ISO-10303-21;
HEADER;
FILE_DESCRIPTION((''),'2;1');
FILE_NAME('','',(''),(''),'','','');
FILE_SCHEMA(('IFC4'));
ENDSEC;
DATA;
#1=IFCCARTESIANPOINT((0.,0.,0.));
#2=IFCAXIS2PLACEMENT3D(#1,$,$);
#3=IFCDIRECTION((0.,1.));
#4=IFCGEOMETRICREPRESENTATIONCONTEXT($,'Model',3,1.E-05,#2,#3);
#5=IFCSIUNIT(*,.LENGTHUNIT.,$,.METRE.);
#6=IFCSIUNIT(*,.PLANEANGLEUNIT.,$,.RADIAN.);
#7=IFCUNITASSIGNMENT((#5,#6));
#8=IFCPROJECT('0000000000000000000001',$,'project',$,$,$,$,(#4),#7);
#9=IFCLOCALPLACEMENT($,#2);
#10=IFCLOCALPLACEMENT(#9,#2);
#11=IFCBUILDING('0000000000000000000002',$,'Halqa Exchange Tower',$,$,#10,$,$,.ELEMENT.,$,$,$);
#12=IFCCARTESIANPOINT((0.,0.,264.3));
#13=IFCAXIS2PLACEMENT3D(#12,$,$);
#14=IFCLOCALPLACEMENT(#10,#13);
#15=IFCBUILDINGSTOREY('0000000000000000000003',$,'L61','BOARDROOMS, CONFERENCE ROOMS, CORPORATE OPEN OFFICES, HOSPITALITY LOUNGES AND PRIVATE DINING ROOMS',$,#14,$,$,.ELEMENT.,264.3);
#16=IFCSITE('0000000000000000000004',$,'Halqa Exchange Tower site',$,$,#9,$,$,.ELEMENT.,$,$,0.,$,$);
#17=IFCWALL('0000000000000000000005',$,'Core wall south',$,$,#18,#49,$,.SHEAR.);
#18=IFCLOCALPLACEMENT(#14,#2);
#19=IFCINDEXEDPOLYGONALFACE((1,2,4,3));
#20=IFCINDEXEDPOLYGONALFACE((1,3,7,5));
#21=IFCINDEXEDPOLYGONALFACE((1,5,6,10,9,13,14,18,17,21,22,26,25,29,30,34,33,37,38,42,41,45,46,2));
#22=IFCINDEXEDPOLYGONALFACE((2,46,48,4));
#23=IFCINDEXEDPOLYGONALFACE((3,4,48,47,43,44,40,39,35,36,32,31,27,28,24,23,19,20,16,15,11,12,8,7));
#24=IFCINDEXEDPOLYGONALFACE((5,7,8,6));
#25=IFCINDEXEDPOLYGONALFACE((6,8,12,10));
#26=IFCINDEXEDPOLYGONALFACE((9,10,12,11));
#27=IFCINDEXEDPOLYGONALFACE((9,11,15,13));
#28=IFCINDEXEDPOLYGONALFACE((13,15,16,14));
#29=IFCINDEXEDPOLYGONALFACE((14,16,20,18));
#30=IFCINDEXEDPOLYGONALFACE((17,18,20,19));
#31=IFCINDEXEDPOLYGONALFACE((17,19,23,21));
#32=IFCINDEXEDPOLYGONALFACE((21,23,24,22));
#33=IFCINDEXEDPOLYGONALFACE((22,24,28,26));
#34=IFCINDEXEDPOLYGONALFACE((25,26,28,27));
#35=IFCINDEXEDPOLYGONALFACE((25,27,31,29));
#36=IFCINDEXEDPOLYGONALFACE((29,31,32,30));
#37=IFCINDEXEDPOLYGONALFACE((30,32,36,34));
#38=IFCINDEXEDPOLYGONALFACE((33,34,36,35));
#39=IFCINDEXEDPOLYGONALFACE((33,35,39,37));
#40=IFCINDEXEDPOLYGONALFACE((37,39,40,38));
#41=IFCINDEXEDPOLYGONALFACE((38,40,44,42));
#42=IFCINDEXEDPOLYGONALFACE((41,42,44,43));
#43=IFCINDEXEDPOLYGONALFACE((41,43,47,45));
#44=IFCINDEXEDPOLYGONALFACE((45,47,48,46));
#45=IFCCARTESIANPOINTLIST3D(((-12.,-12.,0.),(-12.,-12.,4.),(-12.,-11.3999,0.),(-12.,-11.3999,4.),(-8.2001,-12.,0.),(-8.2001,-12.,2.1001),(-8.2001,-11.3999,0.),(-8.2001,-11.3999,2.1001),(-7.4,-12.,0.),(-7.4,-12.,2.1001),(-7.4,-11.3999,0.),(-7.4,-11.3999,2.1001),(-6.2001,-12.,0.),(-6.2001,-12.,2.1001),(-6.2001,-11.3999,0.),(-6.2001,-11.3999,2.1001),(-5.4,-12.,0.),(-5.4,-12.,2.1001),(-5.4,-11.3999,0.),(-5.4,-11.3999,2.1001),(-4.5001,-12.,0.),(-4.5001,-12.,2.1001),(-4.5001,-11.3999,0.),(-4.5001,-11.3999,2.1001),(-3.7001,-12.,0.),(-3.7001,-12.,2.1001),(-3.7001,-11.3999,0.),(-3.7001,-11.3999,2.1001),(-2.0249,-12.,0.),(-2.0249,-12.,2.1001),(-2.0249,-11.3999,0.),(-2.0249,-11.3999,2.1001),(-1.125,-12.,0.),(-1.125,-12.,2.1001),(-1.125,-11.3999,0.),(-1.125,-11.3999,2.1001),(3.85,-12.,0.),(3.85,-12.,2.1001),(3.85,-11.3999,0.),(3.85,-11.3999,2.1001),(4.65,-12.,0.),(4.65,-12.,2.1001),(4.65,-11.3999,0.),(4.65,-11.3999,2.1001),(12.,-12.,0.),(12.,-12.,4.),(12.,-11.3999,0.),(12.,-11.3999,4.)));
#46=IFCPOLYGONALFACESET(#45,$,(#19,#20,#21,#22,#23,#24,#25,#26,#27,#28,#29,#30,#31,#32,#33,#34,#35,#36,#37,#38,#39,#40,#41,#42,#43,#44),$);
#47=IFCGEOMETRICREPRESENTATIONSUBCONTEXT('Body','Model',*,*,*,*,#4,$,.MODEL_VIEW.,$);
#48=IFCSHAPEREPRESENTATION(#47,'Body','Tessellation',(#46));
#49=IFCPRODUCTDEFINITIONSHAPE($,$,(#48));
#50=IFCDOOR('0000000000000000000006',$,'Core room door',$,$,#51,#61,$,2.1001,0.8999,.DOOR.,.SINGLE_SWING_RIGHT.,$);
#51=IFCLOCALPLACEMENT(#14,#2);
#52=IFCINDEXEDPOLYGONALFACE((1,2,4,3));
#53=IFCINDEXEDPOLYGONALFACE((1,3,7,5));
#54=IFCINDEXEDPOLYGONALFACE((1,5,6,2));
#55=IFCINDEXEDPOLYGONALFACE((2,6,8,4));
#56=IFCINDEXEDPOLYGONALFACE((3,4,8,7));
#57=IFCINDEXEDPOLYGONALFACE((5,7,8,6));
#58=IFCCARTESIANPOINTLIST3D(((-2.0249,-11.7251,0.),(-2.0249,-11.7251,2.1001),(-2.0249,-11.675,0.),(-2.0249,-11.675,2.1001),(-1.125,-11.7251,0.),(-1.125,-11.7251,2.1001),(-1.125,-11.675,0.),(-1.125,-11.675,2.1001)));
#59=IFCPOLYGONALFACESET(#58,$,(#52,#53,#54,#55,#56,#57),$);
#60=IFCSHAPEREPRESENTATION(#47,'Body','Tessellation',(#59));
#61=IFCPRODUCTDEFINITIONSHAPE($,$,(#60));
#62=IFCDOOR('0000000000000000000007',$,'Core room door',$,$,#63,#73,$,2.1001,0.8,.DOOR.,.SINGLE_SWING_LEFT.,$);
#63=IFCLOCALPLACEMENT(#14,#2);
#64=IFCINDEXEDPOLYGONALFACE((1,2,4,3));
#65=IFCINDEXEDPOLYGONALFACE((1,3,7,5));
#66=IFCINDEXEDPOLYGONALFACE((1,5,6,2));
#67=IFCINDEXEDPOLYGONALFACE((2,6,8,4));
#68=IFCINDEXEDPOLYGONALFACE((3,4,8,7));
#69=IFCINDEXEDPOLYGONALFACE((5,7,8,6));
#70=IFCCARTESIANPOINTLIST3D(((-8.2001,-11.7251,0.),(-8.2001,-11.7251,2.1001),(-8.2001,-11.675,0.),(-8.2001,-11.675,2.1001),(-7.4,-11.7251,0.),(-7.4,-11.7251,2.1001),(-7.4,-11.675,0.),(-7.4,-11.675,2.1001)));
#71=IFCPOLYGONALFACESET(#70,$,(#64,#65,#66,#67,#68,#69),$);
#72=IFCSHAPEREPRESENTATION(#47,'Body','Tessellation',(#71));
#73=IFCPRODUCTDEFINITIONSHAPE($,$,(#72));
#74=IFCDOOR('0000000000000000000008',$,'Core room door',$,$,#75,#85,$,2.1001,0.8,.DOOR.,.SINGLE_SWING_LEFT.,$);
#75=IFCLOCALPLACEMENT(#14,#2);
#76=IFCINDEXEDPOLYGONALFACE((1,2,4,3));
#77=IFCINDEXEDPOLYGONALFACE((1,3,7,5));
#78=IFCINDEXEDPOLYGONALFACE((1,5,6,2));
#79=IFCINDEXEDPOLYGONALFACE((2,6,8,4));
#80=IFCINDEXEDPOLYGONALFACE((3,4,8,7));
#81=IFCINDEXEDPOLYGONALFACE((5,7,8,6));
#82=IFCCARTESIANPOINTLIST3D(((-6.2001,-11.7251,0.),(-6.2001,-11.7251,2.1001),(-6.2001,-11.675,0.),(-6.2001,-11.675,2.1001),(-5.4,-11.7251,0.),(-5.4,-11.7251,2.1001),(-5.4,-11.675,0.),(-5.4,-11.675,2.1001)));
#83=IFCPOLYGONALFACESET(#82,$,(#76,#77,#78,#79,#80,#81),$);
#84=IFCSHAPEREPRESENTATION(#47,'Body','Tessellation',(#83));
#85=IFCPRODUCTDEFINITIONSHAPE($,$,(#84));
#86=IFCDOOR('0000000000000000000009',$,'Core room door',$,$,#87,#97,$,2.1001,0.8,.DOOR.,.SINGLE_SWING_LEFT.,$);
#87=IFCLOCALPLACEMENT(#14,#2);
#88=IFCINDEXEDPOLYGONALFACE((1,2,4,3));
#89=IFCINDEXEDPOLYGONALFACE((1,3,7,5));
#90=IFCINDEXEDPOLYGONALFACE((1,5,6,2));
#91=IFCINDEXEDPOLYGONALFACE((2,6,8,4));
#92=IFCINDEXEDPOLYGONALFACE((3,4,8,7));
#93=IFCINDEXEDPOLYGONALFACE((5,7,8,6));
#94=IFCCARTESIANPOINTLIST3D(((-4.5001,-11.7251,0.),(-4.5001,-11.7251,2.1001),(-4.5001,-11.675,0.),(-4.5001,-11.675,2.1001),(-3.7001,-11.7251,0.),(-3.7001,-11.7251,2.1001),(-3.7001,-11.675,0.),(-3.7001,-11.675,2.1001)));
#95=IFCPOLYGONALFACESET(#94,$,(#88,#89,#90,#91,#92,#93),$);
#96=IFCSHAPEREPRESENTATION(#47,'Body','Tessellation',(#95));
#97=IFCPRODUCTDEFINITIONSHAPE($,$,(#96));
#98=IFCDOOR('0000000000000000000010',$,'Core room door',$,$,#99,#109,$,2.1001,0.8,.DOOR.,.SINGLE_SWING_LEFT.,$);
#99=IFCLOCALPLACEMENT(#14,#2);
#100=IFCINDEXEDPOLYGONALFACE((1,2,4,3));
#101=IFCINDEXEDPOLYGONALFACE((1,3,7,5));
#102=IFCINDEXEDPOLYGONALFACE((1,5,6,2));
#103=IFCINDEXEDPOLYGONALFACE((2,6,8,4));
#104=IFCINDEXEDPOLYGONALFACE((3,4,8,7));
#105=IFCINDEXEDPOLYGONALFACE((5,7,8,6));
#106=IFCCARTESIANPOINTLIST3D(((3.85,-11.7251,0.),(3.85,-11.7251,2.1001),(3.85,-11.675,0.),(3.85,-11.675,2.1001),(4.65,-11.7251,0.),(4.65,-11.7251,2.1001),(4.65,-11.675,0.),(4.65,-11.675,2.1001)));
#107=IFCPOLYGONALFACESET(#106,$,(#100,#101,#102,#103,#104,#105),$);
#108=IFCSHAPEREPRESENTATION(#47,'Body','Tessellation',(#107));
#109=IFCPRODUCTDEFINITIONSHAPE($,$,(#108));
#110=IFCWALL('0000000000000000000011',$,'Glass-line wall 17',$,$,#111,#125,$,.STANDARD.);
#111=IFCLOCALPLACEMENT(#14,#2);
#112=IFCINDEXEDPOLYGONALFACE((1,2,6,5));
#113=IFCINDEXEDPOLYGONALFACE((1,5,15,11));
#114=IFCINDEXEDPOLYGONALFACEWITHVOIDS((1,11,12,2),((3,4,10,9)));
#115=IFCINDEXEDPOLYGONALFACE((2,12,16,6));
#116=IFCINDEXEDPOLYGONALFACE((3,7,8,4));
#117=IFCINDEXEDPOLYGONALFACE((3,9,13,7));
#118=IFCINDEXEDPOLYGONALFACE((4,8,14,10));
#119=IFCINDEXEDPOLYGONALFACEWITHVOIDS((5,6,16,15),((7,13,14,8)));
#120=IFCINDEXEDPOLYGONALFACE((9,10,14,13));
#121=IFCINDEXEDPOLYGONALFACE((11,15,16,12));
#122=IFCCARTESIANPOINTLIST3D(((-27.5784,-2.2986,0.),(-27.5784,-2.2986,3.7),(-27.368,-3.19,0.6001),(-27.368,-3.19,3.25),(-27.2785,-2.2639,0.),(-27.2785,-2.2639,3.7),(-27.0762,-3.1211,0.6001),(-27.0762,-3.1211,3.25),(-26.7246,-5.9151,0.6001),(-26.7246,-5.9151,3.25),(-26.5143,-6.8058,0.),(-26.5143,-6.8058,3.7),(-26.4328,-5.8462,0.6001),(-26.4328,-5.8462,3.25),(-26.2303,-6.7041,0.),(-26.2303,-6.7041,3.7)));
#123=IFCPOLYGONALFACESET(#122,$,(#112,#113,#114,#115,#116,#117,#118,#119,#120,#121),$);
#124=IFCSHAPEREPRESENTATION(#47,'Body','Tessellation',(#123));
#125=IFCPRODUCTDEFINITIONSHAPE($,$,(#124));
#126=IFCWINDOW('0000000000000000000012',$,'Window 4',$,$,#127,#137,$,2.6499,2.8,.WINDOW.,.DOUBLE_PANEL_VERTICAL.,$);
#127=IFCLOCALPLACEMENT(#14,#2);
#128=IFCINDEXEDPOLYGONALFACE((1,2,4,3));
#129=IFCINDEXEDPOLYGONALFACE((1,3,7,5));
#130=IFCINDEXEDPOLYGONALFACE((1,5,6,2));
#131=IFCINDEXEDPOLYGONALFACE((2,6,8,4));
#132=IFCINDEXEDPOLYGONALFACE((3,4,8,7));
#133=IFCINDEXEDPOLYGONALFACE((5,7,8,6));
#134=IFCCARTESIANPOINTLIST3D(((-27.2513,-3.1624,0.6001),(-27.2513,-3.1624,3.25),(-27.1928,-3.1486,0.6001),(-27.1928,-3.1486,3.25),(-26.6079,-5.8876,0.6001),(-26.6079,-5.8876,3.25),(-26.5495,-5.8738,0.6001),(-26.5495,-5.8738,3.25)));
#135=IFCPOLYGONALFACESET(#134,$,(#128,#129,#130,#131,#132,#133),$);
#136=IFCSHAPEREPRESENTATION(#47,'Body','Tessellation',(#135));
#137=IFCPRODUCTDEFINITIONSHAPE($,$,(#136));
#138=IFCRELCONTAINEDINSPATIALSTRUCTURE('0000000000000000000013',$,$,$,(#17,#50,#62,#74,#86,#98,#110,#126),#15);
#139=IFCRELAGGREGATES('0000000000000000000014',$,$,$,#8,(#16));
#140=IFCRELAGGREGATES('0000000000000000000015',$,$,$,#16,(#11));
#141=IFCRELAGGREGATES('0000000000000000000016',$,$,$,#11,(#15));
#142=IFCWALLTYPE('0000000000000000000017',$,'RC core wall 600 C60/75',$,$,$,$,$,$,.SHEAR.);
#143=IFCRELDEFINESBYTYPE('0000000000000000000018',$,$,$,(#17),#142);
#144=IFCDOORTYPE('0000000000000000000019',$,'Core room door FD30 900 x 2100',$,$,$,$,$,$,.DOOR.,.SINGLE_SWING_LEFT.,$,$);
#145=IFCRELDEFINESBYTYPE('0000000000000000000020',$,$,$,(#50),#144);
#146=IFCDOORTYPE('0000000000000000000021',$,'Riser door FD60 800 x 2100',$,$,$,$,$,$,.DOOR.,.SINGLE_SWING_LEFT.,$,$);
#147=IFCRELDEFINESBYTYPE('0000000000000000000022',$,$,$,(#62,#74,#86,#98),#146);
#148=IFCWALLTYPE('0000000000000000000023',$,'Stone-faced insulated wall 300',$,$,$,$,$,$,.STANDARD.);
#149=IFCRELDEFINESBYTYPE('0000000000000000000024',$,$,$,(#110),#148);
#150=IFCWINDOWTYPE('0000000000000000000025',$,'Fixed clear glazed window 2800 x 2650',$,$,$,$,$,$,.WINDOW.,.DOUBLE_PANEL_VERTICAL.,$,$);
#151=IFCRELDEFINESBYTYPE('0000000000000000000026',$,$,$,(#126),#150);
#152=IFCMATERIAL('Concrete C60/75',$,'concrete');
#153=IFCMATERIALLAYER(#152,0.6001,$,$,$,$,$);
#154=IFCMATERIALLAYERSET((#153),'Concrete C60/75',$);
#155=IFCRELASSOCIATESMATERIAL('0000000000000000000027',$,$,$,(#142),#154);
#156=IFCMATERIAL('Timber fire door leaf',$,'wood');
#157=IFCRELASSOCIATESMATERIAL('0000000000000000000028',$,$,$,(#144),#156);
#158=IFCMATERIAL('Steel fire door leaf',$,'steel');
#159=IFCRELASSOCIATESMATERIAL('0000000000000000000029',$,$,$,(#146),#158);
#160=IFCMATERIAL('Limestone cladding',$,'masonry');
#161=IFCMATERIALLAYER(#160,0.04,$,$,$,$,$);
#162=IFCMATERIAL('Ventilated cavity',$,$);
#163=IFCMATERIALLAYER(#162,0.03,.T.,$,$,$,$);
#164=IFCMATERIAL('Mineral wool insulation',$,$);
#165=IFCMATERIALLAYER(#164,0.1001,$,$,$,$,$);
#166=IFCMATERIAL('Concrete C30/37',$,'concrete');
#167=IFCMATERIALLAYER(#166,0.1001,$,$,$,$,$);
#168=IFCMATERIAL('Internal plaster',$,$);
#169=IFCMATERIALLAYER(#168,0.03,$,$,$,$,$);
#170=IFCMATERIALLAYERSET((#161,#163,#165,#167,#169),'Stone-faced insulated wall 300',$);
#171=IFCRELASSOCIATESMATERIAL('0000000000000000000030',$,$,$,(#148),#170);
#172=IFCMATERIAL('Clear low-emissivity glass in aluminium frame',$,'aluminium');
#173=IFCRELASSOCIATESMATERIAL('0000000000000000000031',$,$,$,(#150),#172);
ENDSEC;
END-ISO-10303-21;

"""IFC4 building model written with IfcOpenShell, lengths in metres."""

from ifc_helpers import new_model, si_unit, direction, frame, frame_2d, origin, place, context, subcontext, project, spatial, polyline, rectangle, outline, extrude, material, layer, layer_set, type_object, element, fill, save


model = new_model("IFC4")

# Units and contexts
model_context = context("Model", 3, precision=1e-05, world=origin(), true_north=direction((0.0, 1.0)))
body_context = subcontext(model_context, "Body", "Model", "MODEL_VIEW")
ifc_project = project(units=[si_unit("LENGTHUNIT", "METRE"), si_unit("PLANEANGLEUNIT", "RADIAN")], contexts=[model_context])

# Site, building, storey
site_placement = place(None, origin())
site = spatial("IfcSite", under=ifc_project, at=site_placement, Name="Halqa Exchange Tower site", CompositionType="ELEMENT", RefElevation=0.0)
building_placement = place(site_placement, origin())
building = spatial("IfcBuilding", under=site, at=building_placement, Name="Halqa Exchange Tower", CompositionType="ELEMENT")
storey_placement = place(building_placement, frame((0.0, 0.0, 264.3)))
storey = spatial("IfcBuildingStorey", under=building, at=storey_placement, Name="L61", Description="BOARDROOMS, CONFERENCE ROOMS, CORPORATE OPEN OFFICES, HOSPITALITY LOUNGES AND PRIVATE DINING ROOMS", CompositionType="ELEMENT", Elevation=264.3)

# Shared definitions
ifc_material_1 = material(Name="Concrete C60/75", Category="concrete")

# Shared definitions
ifc_material_2 = material(Name="Steel fire door leaf", Category="steel")

# Wall, openings, doors
ifc_layer_1 = layer(ifc_material_1, 0.6001)
ifc_layer_set_1 = layer_set([ifc_layer_1], Name="Concrete C60/75")
wall_type_1 = type_object("IfcWallType", Name="RC core wall 600 C60/75", PredefinedType="SHEAR", material=ifc_layer_set_1)
wall_1_placement = place(storey_placement, frame((-12.0, -11.7, 0.0), z_axis=(0.0, 0.0, 1.0), x_axis=(1.0, 0.0, 0.0)))
wall_1 = element("IfcWall", 1, at=wall_1_placement, inside=storey, type_object=wall_type_1, Name="Core wall south", PredefinedType="SHEAR", context=body_context, shape_type="SweptSolid", body=[
    extrude(rectangle(XDim=24.0, YDim=0.6001, at=frame_2d((12.0, 0.0))), origin(), (0.0, 0.0, 1.0), 4.0),
])
opening_1_placement = place(wall_1_placement, frame((9.9751, 0.0, 0.0)))
opening_1 = element("IfcOpeningElement", 2, at=opening_1_placement, cuts=wall_1, PredefinedType="OPENING", context=body_context, shape_type="SweptSolid", body=[
    extrude(rectangle(XDim=0.8999, YDim=2.1001, at=frame_2d((0.45, 1.05))), frame((0.0, 0.312, 0.0), z_axis=(0.0, -1.0, 0.0), x_axis=(1.0, 0.0, 0.0)), (0.0, 0.0, 1.0), 0.624),
])
opening_2_placement = place(wall_1_placement, frame((3.8, 0.0, 0.0)))
opening_2 = element("IfcOpeningElement", 3, at=opening_2_placement, cuts=wall_1, PredefinedType="OPENING", context=body_context, shape_type="SweptSolid", body=[
    extrude(rectangle(XDim=0.8, YDim=2.1001, at=frame_2d((0.3999, 1.05))), frame((0.0, 0.312, 0.0), z_axis=(0.0, -1.0, 0.0), x_axis=(1.0, 0.0, 0.0)), (0.0, 0.0, 1.0), 0.624),
])
opening_3_placement = place(wall_1_placement, frame((5.8, 0.0, 0.0)))
opening_3 = element("IfcOpeningElement", 4, at=opening_3_placement, cuts=wall_1, PredefinedType="OPENING", context=body_context, shape_type="SweptSolid", body=[
    extrude(rectangle(XDim=0.8, YDim=2.1001, at=frame_2d((0.3999, 1.05))), frame((0.0, 0.312, 0.0), z_axis=(0.0, -1.0, 0.0), x_axis=(1.0, 0.0, 0.0)), (0.0, 0.0, 1.0), 0.624),
])
opening_4_placement = place(wall_1_placement, frame((7.5, 0.0, 0.0)))
opening_4 = element("IfcOpeningElement", 5, at=opening_4_placement, cuts=wall_1, PredefinedType="OPENING", context=body_context, shape_type="SweptSolid", body=[
    extrude(rectangle(XDim=0.8, YDim=2.1001, at=frame_2d((0.3999, 1.05))), frame((0.0, 0.312, 0.0), z_axis=(0.0, -1.0, 0.0), x_axis=(1.0, 0.0, 0.0)), (0.0, 0.0, 1.0), 0.624),
])
opening_5_placement = place(wall_1_placement, frame((15.8501, 0.0, 0.0)))
opening_5 = element("IfcOpeningElement", 6, at=opening_5_placement, cuts=wall_1, PredefinedType="OPENING", context=body_context, shape_type="SweptSolid", body=[
    extrude(rectangle(XDim=0.8, YDim=2.1001, at=frame_2d((0.3999, 1.05))), frame((0.0, 0.312, 0.0), z_axis=(0.0, -1.0, 0.0), x_axis=(1.0, 0.0, 0.0)), (0.0, 0.0, 1.0), 0.624),
])
ifc_material_3 = material(Name="Timber fire door leaf", Category="wood")
door_type_1 = type_object("IfcDoorType", Name="Core room door FD30 900 x 2100", OperationType="SINGLE_SWING_LEFT", PredefinedType="DOOR", material=ifc_material_3)
door_1_placement = place(opening_1_placement, origin())
door_1 = element("IfcDoor", 7, at=door_1_placement, inside=storey, type_object=door_type_1, Name="Core room door", OperationType="SINGLE_SWING_RIGHT", OverallHeight=2.1001, OverallWidth=0.8999, PredefinedType="DOOR", context=body_context, shape_type="SweptSolid", body=[
    extrude(rectangle(XDim=0.8999, YDim=2.1001, at=frame_2d((0.45, 1.05))), frame((0.0, 0.0249, 0.0), z_axis=(0.0, -1.0, 0.0), x_axis=(1.0, 0.0, 0.0)), (0.0, 0.0, 1.0), 0.05),
])
fill(opening_1, door_1)
door_type_2 = type_object("IfcDoorType", Name="Riser door FD60 800 x 2100", OperationType="SINGLE_SWING_LEFT", PredefinedType="DOOR", material=ifc_material_2)
door_2_placement = place(opening_2_placement, origin())
door_2 = element("IfcDoor", 8, at=door_2_placement, inside=storey, type_object=door_type_2, Name="Core room door", OperationType="SINGLE_SWING_LEFT", OverallHeight=2.1001, OverallWidth=0.8, PredefinedType="DOOR", context=body_context, shape_type="SweptSolid", body=[
    extrude(rectangle(XDim=0.8, YDim=2.1001, at=frame_2d((0.3999, 1.05))), frame((0.0, 0.0249, 0.0), z_axis=(0.0, -1.0, 0.0), x_axis=(1.0, 0.0, 0.0)), (0.0, 0.0, 1.0), 0.05),
])
fill(opening_2, door_2)
door_3_placement = place(opening_3_placement, origin())
door_3 = element("IfcDoor", 9, at=door_3_placement, inside=storey, type_object=door_type_2, Name="Core room door", OperationType="SINGLE_SWING_LEFT", OverallHeight=2.1001, OverallWidth=0.8, PredefinedType="DOOR", context=body_context, shape_type="SweptSolid", body=[
    extrude(rectangle(XDim=0.8, YDim=2.1001, at=frame_2d((0.3999, 1.05))), frame((0.0, 0.0249, 0.0), z_axis=(0.0, -1.0, 0.0), x_axis=(1.0, 0.0, 0.0)), (0.0, 0.0, 1.0), 0.05),
])
fill(opening_3, door_3)
door_4_placement = place(opening_4_placement, origin())
door_4 = element("IfcDoor", 10, at=door_4_placement, inside=storey, type_object=door_type_2, Name="Core room door", OperationType="SINGLE_SWING_LEFT", OverallHeight=2.1001, OverallWidth=0.8, PredefinedType="DOOR", context=body_context, shape_type="SweptSolid", body=[
    extrude(rectangle(XDim=0.8, YDim=2.1001, at=frame_2d((0.3999, 1.05))), frame((0.0, 0.0249, 0.0), z_axis=(0.0, -1.0, 0.0), x_axis=(1.0, 0.0, 0.0)), (0.0, 0.0, 1.0), 0.05),
])
fill(opening_4, door_4)
door_5_placement = place(opening_5_placement, origin())
door_5 = element("IfcDoor", 11, at=door_5_placement, inside=storey, type_object=door_type_2, Name="Core room door", OperationType="SINGLE_SWING_LEFT", OverallHeight=2.1001, OverallWidth=0.8, PredefinedType="DOOR", context=body_context, shape_type="SweptSolid", body=[
    extrude(rectangle(XDim=0.8, YDim=2.1001, at=frame_2d((0.3999, 1.05))), frame((0.0, 0.0249, 0.0), z_axis=(0.0, -1.0, 0.0), x_axis=(1.0, 0.0, 0.0)), (0.0, 0.0, 1.0), 0.05),
])
fill(opening_5, door_5)

# Wall, opening, window
ifc_material_4 = material(Name="Limestone cladding", Category="masonry")
ifc_layer_2 = layer(ifc_material_4, 0.04)
ifc_material_5 = material(Name="Ventilated cavity")
ifc_layer_3 = layer(ifc_material_5, 0.03, ventilated=True)
ifc_material_6 = material(Name="Mineral wool insulation")
ifc_layer_4 = layer(ifc_material_6, 0.1001)
ifc_material_7 = material(Name="Concrete C30/37", Category="concrete")
ifc_layer_5 = layer(ifc_material_7, 0.1001)
ifc_material_8 = material(Name="Internal plaster")
ifc_layer_6 = layer(ifc_material_8, 0.03)
ifc_layer_set_2 = layer_set([ifc_layer_2, ifc_layer_3, ifc_layer_4, ifc_layer_5, ifc_layer_6], Name="Stone-faced insulated wall 300")
wall_type_2 = type_object("IfcWallType", Name="Stone-faced insulated wall 300", PredefinedType="STANDARD", material=ifc_layer_set_2)
wall_2_placement = place(storey_placement, frame((-27.4285, -2.2812, 0.0), z_axis=(0.0, 0.0, 1.0), x_axis=(0.229768, -0.973246, 0.0)))
wall_2 = element("IfcWall", 12, at=wall_2_placement, inside=storey, type_object=wall_type_2, Name="Glass-line wall 17", PredefinedType="STANDARD", context=body_context, shape_type="SweptSolid", body=[
    extrude(outline(polyline([(-0.0176, -0.1499), (4.6135, -0.1499), (4.5798, 0.1499), (0.0176, 0.1499), (-0.0176, -0.1499)])), origin(), (0.0, 0.0, 1.0), 3.7),
])
opening_6_placement = place(wall_2_placement, frame((0.8984, 0.0, 0.6001)))
opening_6 = element("IfcOpeningElement", 13, at=opening_6_placement, cuts=wall_2, PredefinedType="OPENING", context=body_context, shape_type="SweptSolid", body=[
    extrude(rectangle(XDim=2.8, YDim=2.6499, at=frame_2d((1.3999, 1.325))), frame((0.0, 0.1621, 0.0), z_axis=(0.0, -1.0, 0.0), x_axis=(1.0, 0.0, 0.0)), (0.0, 0.0, 1.0), 0.324),
])
ifc_material_9 = material(Name="Clear low-emissivity glass in aluminium frame", Category="aluminium")
window_type = type_object("IfcWindowType", Name="Fixed clear glazed window 2800 x 2650", PartitioningType="DOUBLE_PANEL_VERTICAL", PredefinedType="WINDOW", material=ifc_material_9)
window_1_placement = place(opening_6_placement, origin())
window_1 = element("IfcWindow", 14, at=window_1_placement, inside=storey, type_object=window_type, Name="Window 4", OverallHeight=2.6499, OverallWidth=2.8, PartitioningType="DOUBLE_PANEL_VERTICAL", PredefinedType="WINDOW", context=body_context, shape_type="SweptSolid", body=[
    extrude(rectangle(XDim=2.8, YDim=2.6499, at=frame_2d((1.3999, 1.325))), frame((0.0, 0.03, 0.0), z_axis=(0.0, -1.0, 0.0), x_axis=(1.0, 0.0, 0.0)), (0.0, 0.0, 1.0), 0.0601),
])
fill(opening_6, window_1)

save(model, "model.ifc")
